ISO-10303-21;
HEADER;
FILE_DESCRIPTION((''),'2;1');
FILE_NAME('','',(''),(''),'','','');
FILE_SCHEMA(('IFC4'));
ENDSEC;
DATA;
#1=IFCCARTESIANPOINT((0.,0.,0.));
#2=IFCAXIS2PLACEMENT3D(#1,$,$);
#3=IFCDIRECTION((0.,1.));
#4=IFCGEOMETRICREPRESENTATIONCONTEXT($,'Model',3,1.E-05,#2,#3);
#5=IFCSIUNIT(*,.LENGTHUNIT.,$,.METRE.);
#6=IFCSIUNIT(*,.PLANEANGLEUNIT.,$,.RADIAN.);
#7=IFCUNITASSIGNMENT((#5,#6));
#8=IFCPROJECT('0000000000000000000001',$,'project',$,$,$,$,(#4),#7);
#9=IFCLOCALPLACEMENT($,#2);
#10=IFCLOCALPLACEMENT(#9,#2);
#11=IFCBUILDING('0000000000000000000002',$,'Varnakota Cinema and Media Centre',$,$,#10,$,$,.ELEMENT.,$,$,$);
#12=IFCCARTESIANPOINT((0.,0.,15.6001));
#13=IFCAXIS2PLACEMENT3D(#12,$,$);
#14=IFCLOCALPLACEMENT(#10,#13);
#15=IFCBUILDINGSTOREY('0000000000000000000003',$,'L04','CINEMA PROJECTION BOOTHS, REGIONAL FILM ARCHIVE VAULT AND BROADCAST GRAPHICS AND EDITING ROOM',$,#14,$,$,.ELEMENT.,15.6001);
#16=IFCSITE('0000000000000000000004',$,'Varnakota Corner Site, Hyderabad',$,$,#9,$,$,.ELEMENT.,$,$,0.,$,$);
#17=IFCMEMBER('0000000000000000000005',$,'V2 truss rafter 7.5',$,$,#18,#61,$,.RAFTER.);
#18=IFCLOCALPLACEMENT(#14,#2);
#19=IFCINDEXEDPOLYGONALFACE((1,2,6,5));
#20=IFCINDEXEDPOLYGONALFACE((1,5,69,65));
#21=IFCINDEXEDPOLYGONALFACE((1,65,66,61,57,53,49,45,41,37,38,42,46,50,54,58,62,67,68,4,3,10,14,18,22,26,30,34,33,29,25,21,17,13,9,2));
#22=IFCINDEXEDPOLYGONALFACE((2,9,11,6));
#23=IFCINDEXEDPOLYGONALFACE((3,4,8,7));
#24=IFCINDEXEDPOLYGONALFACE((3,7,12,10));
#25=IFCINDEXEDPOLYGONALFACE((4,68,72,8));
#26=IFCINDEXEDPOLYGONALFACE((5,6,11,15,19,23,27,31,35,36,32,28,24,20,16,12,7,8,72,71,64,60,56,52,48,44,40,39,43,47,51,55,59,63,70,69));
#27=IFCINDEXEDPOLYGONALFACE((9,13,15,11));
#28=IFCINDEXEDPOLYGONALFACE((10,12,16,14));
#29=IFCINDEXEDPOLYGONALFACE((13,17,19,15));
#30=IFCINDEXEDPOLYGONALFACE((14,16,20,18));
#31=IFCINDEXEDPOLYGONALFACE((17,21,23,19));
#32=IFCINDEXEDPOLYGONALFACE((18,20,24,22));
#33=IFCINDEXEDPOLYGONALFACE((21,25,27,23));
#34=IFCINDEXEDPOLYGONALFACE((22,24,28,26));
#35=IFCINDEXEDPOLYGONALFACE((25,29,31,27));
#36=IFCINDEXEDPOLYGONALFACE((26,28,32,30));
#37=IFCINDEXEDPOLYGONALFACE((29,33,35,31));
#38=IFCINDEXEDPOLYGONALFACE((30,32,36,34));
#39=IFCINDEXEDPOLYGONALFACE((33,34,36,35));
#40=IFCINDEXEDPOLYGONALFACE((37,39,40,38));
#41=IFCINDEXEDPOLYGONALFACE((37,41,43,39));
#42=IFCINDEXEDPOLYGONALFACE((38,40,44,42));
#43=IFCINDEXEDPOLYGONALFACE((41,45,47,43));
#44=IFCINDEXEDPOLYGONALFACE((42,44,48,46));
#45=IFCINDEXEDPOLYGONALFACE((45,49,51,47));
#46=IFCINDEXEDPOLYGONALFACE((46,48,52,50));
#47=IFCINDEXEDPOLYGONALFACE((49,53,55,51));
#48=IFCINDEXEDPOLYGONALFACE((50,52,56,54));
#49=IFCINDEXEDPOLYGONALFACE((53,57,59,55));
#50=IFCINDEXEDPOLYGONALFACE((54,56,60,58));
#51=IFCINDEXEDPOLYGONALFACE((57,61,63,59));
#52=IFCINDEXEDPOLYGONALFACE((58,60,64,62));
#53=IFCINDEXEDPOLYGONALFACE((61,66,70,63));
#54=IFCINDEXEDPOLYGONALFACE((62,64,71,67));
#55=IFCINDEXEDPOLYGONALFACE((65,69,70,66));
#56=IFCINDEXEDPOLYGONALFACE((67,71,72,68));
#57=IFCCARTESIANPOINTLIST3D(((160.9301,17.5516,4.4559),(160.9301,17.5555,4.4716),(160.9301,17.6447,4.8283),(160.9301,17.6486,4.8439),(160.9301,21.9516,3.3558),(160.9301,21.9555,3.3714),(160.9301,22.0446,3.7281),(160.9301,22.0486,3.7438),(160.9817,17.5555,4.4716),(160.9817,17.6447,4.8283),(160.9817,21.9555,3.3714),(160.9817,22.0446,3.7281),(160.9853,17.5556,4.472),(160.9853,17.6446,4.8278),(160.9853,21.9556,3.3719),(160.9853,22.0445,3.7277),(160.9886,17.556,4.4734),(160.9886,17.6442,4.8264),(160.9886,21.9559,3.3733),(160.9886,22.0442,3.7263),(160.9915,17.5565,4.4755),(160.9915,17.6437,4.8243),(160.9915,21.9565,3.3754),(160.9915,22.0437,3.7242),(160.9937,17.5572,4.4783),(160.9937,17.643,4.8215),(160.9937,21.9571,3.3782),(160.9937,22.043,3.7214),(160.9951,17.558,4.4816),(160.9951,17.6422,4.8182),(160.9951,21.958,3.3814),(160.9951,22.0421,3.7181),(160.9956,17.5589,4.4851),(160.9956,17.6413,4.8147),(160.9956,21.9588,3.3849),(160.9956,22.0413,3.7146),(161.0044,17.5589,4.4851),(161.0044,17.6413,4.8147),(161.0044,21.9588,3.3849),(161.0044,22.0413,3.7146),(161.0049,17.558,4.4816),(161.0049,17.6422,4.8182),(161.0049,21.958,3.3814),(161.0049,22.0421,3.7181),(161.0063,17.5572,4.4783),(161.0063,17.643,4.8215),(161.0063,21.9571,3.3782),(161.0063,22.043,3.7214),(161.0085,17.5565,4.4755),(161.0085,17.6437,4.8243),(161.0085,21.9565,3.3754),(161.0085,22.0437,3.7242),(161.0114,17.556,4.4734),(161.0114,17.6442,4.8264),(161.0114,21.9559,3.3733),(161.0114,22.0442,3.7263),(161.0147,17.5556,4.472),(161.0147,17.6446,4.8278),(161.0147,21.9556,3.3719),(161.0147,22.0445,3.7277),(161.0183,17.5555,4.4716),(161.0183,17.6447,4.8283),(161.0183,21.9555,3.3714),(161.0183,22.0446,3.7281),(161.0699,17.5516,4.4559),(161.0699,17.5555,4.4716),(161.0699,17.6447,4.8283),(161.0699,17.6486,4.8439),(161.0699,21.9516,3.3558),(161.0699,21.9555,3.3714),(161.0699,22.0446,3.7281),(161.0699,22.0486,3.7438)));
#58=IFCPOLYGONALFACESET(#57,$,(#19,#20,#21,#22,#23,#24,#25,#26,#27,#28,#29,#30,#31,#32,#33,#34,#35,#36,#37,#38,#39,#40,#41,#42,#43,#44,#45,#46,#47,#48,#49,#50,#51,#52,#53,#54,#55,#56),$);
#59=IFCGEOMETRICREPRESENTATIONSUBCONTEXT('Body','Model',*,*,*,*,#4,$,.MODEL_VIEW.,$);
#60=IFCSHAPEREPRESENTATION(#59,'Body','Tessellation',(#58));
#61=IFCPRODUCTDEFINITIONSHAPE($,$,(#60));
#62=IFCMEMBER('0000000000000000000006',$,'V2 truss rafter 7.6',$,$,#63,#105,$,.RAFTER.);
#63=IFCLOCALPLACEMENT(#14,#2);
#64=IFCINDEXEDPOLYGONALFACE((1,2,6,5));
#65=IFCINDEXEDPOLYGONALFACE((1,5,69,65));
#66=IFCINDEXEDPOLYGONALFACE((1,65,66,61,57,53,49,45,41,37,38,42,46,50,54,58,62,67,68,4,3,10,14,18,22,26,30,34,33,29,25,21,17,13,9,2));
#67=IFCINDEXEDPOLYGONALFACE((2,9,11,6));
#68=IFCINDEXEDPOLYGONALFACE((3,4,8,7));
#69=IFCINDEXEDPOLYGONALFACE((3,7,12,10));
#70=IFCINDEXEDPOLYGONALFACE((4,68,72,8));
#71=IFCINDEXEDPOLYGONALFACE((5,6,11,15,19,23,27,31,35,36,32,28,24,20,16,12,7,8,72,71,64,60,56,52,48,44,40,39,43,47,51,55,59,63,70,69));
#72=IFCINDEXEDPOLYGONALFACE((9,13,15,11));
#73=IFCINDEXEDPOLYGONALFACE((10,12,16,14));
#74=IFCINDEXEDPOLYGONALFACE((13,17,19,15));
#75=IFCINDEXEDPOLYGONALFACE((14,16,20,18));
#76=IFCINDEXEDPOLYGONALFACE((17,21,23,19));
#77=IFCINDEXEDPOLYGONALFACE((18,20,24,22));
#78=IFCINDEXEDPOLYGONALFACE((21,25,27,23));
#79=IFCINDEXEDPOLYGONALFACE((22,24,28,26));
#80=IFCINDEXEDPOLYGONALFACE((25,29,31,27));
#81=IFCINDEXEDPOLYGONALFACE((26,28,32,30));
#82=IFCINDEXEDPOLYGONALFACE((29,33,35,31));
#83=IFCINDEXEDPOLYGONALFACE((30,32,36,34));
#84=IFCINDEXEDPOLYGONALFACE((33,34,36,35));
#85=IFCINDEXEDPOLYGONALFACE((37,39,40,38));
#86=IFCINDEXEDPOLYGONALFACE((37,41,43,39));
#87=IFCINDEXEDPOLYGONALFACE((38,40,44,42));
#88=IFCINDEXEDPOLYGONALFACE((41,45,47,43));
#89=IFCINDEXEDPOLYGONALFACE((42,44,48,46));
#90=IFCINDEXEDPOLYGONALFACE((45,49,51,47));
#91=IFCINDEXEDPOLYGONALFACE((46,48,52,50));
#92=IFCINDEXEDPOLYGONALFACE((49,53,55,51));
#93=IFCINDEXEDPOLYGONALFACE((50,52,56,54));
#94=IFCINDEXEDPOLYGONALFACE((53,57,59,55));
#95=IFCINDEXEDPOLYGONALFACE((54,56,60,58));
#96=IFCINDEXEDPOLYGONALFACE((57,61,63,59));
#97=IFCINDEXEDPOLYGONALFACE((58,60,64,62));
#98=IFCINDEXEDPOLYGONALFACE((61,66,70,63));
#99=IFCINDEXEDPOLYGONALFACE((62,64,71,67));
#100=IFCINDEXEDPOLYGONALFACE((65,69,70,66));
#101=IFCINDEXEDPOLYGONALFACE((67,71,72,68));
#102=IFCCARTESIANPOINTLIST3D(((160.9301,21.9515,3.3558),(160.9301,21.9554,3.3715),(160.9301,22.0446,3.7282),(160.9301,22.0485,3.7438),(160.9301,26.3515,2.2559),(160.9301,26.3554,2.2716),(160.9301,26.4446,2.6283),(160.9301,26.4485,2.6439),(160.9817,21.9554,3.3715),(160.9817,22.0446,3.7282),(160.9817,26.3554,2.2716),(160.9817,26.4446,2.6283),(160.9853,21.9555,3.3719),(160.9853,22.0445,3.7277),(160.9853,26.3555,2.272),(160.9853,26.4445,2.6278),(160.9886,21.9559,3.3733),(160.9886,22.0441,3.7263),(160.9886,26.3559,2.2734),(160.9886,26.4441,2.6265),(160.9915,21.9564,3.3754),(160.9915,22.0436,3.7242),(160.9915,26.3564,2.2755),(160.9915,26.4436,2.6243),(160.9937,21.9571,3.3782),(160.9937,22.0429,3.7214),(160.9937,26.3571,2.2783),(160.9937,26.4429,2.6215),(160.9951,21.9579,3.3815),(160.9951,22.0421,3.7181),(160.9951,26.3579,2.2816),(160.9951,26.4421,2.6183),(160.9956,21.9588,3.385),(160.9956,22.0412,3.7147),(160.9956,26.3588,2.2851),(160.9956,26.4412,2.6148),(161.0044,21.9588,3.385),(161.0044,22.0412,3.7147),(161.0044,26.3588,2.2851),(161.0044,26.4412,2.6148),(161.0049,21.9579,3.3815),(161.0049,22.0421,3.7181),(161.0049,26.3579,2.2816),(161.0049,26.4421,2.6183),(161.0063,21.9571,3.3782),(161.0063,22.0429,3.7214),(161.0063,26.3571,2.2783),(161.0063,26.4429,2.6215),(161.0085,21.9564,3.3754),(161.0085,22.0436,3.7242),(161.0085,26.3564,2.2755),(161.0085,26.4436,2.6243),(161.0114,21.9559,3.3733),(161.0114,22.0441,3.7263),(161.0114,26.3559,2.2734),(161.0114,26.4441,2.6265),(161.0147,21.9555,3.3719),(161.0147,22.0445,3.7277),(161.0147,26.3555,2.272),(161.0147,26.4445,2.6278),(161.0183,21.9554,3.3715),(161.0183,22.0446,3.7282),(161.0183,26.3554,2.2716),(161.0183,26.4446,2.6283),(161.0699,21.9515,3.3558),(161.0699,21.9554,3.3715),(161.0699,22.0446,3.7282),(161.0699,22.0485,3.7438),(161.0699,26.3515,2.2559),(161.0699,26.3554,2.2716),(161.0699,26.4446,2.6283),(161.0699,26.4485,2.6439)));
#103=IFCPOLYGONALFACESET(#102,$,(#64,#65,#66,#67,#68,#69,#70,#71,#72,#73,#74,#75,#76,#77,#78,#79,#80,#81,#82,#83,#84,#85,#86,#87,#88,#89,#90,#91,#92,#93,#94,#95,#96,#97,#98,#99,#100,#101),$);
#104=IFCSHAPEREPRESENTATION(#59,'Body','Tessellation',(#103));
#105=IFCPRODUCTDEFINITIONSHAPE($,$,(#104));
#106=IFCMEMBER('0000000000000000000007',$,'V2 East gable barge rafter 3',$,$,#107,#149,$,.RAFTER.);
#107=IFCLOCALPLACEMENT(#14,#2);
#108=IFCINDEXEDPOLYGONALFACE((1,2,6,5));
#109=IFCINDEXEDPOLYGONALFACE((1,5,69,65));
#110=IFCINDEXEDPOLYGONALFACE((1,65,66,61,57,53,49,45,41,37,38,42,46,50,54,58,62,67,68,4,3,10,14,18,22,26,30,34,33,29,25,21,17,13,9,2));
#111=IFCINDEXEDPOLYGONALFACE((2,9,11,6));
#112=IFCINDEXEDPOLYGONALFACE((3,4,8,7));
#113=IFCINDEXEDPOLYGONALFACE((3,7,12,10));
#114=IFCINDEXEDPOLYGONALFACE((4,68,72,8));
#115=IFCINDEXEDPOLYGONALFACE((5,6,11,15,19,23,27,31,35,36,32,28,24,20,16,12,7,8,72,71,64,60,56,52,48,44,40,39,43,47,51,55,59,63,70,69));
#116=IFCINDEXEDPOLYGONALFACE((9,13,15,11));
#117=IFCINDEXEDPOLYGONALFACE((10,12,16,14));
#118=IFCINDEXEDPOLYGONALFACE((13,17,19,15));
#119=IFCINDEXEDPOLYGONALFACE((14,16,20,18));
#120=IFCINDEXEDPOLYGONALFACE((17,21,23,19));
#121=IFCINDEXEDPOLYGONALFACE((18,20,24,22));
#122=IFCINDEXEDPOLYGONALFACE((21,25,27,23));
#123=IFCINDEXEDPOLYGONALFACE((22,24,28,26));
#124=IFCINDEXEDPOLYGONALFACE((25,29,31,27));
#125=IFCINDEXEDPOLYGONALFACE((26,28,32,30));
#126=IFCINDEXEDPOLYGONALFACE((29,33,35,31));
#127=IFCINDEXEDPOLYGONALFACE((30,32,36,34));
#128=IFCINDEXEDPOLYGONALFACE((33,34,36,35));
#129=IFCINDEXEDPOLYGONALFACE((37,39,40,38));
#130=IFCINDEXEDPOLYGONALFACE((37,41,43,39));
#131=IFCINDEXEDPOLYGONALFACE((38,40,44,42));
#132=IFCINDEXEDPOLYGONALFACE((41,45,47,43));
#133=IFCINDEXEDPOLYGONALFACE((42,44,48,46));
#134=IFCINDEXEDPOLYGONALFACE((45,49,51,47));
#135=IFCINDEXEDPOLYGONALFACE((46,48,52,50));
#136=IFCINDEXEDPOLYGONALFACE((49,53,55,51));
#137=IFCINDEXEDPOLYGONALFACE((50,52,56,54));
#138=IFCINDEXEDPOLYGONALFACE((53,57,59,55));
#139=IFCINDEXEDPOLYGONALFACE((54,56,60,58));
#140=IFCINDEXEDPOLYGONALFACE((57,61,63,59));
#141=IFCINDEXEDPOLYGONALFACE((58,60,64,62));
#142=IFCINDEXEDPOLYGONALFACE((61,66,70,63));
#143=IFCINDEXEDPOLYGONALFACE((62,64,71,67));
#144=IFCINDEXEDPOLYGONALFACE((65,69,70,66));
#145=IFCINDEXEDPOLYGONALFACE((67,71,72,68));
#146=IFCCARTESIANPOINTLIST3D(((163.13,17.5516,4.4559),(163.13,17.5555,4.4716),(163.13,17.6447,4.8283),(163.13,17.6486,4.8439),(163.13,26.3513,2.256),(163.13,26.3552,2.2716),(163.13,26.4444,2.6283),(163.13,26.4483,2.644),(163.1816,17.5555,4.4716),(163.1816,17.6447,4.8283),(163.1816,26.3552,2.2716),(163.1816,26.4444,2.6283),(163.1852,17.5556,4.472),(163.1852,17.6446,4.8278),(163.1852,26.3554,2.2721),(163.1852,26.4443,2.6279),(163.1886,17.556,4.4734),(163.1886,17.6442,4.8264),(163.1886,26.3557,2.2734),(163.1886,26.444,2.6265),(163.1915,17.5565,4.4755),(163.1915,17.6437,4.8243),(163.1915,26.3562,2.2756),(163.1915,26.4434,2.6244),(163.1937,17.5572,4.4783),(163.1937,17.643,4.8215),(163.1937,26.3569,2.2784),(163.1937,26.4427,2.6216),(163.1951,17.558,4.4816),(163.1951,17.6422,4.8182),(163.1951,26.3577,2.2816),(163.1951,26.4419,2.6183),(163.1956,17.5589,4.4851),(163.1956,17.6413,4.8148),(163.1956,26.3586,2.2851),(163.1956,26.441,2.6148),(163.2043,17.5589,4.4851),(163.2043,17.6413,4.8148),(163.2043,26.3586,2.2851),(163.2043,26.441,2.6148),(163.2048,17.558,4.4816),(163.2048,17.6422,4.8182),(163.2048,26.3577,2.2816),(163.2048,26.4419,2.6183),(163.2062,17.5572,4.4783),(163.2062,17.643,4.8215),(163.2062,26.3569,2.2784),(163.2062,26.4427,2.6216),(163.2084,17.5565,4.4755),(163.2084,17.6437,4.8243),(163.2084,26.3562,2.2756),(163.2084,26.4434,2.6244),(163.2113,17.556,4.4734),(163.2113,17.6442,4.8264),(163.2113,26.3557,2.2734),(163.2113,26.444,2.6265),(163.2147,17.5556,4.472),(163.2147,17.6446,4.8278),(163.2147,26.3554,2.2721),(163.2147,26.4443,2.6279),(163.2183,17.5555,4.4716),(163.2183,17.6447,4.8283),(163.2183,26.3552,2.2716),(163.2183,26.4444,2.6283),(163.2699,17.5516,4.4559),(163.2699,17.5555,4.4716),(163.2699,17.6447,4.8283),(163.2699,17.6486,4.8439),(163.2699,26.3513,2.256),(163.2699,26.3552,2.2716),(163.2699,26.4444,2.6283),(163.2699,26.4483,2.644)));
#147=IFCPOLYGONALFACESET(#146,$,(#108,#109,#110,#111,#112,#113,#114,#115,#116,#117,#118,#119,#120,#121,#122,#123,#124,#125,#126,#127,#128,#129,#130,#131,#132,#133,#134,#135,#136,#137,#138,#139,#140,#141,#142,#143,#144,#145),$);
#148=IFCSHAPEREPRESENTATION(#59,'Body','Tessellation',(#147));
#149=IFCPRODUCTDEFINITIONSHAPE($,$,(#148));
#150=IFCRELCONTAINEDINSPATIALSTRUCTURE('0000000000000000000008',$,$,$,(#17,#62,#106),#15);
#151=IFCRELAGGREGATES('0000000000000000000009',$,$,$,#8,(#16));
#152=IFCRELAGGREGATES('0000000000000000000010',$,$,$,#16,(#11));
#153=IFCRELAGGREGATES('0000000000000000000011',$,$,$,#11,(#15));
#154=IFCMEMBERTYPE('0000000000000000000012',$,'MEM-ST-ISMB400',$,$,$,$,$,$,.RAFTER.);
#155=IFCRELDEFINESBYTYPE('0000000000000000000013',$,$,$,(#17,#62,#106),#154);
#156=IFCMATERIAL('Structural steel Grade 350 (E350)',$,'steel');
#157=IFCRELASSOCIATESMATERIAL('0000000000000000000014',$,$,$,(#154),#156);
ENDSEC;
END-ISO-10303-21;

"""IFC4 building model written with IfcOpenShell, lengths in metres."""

from ifc_helpers import new_model, si_unit, direction, frame, origin, origin_2d, place, context, subcontext, project, spatial, i_section, extrude, material, material_profile, profile_set, type_object, element, save


model = new_model("IFC4")

# Units and contexts
model_context = context("Model", 3, precision=1e-05, world=origin(), true_north=direction((0.0, 1.0)))
body_context = subcontext(model_context, "Body", "Model", "MODEL_VIEW")
ifc_project = project(units=[si_unit("LENGTHUNIT", "METRE"), si_unit("PLANEANGLEUNIT", "RADIAN")], contexts=[model_context])

# Site, building, storey
site_placement = place(None, origin())
site = spatial("IfcSite", under=ifc_project, at=site_placement, Name="Varnakota Corner Site, Hyderabad", CompositionType="ELEMENT", RefElevation=0.0)
building_placement = place(site_placement, origin())
building = spatial("IfcBuilding", under=site, at=building_placement, Name="Varnakota Cinema and Media Centre", CompositionType="ELEMENT")
storey_placement = place(building_placement, frame((0.0, 0.0, 15.6001)))
storey = spatial("IfcBuildingStorey", under=building, at=storey_placement, Name="L04", Description="CINEMA PROJECTION BOOTHS, REGIONAL FILM ARCHIVE VAULT AND BROADCAST GRAPHICS AND EDITING ROOM", CompositionType="ELEMENT", Elevation=15.6001)

# Members
ifc_material_1 = material(Name="Structural steel Grade 350 (E350)", Category="steel")
ifc_material_profile_1 = material_profile(ifc_material_1, i_section(OverallWidth=0.1399, OverallDepth=0.3999, WebThickness=0.0088, FlangeThickness=0.0161, FilletRadius=0.0139, at=origin_2d()), Name="ISMB 400")
ifc_profile_set_1 = profile_set([ifc_material_profile_1], Name="Structural steel Grade 350 (E350)")
member_type_1 = type_object("IfcMemberType", Name="MEM-ST-ISMB400", PredefinedType="RAFTER", material=ifc_profile_set_1)
for number, where, z_axis, x_axis, name in (
    (1, (161.0, 17.6001, 4.6499), (0.0, 0.970136, -0.242561), (-1.0, 0.0, 0.0), "V2 truss rafter 7.5"),
    (2, (161.0, 22.0, 3.5498), (0.0, 0.970149, -0.24251), (-1.0, 0.0, 0.0), "V2 truss rafter 7.6"),
):
    element("IfcMember", number, at=place(storey_placement, frame(where, z_axis=z_axis, x_axis=x_axis)), inside=storey, type_object=member_type_1, Name=name, PredefinedType="RAFTER", context=body_context, shape_type="SweptSolid", body=[
        extrude(i_section(OverallWidth=0.1399, OverallDepth=0.3999, WebThickness=0.0088, FlangeThickness=0.0161, FilletRadius=0.0139, at=origin_2d()), origin(), (0.0, 0.0, 1.0), 4.5354),
    ])
member_1_placement = place(storey_placement, frame((163.2, 17.6001, 4.6499), z_axis=(0.0, 0.970143, -0.242536), x_axis=(-1.0, 0.0, 0.0)))
element("IfcMember", 3, at=member_1_placement, inside=storey, type_object=member_type_1, Name="V2 East gable barge rafter 3", PredefinedType="RAFTER", context=body_context, shape_type="SweptSolid", body=[
    extrude(i_section(OverallWidth=0.1399, OverallDepth=0.3999, WebThickness=0.0088, FlangeThickness=0.0161, FilletRadius=0.0139, at=origin_2d()), origin(), (0.0, 0.0, 1.0), 9.0706),
])

save(model, "model.ifc")
